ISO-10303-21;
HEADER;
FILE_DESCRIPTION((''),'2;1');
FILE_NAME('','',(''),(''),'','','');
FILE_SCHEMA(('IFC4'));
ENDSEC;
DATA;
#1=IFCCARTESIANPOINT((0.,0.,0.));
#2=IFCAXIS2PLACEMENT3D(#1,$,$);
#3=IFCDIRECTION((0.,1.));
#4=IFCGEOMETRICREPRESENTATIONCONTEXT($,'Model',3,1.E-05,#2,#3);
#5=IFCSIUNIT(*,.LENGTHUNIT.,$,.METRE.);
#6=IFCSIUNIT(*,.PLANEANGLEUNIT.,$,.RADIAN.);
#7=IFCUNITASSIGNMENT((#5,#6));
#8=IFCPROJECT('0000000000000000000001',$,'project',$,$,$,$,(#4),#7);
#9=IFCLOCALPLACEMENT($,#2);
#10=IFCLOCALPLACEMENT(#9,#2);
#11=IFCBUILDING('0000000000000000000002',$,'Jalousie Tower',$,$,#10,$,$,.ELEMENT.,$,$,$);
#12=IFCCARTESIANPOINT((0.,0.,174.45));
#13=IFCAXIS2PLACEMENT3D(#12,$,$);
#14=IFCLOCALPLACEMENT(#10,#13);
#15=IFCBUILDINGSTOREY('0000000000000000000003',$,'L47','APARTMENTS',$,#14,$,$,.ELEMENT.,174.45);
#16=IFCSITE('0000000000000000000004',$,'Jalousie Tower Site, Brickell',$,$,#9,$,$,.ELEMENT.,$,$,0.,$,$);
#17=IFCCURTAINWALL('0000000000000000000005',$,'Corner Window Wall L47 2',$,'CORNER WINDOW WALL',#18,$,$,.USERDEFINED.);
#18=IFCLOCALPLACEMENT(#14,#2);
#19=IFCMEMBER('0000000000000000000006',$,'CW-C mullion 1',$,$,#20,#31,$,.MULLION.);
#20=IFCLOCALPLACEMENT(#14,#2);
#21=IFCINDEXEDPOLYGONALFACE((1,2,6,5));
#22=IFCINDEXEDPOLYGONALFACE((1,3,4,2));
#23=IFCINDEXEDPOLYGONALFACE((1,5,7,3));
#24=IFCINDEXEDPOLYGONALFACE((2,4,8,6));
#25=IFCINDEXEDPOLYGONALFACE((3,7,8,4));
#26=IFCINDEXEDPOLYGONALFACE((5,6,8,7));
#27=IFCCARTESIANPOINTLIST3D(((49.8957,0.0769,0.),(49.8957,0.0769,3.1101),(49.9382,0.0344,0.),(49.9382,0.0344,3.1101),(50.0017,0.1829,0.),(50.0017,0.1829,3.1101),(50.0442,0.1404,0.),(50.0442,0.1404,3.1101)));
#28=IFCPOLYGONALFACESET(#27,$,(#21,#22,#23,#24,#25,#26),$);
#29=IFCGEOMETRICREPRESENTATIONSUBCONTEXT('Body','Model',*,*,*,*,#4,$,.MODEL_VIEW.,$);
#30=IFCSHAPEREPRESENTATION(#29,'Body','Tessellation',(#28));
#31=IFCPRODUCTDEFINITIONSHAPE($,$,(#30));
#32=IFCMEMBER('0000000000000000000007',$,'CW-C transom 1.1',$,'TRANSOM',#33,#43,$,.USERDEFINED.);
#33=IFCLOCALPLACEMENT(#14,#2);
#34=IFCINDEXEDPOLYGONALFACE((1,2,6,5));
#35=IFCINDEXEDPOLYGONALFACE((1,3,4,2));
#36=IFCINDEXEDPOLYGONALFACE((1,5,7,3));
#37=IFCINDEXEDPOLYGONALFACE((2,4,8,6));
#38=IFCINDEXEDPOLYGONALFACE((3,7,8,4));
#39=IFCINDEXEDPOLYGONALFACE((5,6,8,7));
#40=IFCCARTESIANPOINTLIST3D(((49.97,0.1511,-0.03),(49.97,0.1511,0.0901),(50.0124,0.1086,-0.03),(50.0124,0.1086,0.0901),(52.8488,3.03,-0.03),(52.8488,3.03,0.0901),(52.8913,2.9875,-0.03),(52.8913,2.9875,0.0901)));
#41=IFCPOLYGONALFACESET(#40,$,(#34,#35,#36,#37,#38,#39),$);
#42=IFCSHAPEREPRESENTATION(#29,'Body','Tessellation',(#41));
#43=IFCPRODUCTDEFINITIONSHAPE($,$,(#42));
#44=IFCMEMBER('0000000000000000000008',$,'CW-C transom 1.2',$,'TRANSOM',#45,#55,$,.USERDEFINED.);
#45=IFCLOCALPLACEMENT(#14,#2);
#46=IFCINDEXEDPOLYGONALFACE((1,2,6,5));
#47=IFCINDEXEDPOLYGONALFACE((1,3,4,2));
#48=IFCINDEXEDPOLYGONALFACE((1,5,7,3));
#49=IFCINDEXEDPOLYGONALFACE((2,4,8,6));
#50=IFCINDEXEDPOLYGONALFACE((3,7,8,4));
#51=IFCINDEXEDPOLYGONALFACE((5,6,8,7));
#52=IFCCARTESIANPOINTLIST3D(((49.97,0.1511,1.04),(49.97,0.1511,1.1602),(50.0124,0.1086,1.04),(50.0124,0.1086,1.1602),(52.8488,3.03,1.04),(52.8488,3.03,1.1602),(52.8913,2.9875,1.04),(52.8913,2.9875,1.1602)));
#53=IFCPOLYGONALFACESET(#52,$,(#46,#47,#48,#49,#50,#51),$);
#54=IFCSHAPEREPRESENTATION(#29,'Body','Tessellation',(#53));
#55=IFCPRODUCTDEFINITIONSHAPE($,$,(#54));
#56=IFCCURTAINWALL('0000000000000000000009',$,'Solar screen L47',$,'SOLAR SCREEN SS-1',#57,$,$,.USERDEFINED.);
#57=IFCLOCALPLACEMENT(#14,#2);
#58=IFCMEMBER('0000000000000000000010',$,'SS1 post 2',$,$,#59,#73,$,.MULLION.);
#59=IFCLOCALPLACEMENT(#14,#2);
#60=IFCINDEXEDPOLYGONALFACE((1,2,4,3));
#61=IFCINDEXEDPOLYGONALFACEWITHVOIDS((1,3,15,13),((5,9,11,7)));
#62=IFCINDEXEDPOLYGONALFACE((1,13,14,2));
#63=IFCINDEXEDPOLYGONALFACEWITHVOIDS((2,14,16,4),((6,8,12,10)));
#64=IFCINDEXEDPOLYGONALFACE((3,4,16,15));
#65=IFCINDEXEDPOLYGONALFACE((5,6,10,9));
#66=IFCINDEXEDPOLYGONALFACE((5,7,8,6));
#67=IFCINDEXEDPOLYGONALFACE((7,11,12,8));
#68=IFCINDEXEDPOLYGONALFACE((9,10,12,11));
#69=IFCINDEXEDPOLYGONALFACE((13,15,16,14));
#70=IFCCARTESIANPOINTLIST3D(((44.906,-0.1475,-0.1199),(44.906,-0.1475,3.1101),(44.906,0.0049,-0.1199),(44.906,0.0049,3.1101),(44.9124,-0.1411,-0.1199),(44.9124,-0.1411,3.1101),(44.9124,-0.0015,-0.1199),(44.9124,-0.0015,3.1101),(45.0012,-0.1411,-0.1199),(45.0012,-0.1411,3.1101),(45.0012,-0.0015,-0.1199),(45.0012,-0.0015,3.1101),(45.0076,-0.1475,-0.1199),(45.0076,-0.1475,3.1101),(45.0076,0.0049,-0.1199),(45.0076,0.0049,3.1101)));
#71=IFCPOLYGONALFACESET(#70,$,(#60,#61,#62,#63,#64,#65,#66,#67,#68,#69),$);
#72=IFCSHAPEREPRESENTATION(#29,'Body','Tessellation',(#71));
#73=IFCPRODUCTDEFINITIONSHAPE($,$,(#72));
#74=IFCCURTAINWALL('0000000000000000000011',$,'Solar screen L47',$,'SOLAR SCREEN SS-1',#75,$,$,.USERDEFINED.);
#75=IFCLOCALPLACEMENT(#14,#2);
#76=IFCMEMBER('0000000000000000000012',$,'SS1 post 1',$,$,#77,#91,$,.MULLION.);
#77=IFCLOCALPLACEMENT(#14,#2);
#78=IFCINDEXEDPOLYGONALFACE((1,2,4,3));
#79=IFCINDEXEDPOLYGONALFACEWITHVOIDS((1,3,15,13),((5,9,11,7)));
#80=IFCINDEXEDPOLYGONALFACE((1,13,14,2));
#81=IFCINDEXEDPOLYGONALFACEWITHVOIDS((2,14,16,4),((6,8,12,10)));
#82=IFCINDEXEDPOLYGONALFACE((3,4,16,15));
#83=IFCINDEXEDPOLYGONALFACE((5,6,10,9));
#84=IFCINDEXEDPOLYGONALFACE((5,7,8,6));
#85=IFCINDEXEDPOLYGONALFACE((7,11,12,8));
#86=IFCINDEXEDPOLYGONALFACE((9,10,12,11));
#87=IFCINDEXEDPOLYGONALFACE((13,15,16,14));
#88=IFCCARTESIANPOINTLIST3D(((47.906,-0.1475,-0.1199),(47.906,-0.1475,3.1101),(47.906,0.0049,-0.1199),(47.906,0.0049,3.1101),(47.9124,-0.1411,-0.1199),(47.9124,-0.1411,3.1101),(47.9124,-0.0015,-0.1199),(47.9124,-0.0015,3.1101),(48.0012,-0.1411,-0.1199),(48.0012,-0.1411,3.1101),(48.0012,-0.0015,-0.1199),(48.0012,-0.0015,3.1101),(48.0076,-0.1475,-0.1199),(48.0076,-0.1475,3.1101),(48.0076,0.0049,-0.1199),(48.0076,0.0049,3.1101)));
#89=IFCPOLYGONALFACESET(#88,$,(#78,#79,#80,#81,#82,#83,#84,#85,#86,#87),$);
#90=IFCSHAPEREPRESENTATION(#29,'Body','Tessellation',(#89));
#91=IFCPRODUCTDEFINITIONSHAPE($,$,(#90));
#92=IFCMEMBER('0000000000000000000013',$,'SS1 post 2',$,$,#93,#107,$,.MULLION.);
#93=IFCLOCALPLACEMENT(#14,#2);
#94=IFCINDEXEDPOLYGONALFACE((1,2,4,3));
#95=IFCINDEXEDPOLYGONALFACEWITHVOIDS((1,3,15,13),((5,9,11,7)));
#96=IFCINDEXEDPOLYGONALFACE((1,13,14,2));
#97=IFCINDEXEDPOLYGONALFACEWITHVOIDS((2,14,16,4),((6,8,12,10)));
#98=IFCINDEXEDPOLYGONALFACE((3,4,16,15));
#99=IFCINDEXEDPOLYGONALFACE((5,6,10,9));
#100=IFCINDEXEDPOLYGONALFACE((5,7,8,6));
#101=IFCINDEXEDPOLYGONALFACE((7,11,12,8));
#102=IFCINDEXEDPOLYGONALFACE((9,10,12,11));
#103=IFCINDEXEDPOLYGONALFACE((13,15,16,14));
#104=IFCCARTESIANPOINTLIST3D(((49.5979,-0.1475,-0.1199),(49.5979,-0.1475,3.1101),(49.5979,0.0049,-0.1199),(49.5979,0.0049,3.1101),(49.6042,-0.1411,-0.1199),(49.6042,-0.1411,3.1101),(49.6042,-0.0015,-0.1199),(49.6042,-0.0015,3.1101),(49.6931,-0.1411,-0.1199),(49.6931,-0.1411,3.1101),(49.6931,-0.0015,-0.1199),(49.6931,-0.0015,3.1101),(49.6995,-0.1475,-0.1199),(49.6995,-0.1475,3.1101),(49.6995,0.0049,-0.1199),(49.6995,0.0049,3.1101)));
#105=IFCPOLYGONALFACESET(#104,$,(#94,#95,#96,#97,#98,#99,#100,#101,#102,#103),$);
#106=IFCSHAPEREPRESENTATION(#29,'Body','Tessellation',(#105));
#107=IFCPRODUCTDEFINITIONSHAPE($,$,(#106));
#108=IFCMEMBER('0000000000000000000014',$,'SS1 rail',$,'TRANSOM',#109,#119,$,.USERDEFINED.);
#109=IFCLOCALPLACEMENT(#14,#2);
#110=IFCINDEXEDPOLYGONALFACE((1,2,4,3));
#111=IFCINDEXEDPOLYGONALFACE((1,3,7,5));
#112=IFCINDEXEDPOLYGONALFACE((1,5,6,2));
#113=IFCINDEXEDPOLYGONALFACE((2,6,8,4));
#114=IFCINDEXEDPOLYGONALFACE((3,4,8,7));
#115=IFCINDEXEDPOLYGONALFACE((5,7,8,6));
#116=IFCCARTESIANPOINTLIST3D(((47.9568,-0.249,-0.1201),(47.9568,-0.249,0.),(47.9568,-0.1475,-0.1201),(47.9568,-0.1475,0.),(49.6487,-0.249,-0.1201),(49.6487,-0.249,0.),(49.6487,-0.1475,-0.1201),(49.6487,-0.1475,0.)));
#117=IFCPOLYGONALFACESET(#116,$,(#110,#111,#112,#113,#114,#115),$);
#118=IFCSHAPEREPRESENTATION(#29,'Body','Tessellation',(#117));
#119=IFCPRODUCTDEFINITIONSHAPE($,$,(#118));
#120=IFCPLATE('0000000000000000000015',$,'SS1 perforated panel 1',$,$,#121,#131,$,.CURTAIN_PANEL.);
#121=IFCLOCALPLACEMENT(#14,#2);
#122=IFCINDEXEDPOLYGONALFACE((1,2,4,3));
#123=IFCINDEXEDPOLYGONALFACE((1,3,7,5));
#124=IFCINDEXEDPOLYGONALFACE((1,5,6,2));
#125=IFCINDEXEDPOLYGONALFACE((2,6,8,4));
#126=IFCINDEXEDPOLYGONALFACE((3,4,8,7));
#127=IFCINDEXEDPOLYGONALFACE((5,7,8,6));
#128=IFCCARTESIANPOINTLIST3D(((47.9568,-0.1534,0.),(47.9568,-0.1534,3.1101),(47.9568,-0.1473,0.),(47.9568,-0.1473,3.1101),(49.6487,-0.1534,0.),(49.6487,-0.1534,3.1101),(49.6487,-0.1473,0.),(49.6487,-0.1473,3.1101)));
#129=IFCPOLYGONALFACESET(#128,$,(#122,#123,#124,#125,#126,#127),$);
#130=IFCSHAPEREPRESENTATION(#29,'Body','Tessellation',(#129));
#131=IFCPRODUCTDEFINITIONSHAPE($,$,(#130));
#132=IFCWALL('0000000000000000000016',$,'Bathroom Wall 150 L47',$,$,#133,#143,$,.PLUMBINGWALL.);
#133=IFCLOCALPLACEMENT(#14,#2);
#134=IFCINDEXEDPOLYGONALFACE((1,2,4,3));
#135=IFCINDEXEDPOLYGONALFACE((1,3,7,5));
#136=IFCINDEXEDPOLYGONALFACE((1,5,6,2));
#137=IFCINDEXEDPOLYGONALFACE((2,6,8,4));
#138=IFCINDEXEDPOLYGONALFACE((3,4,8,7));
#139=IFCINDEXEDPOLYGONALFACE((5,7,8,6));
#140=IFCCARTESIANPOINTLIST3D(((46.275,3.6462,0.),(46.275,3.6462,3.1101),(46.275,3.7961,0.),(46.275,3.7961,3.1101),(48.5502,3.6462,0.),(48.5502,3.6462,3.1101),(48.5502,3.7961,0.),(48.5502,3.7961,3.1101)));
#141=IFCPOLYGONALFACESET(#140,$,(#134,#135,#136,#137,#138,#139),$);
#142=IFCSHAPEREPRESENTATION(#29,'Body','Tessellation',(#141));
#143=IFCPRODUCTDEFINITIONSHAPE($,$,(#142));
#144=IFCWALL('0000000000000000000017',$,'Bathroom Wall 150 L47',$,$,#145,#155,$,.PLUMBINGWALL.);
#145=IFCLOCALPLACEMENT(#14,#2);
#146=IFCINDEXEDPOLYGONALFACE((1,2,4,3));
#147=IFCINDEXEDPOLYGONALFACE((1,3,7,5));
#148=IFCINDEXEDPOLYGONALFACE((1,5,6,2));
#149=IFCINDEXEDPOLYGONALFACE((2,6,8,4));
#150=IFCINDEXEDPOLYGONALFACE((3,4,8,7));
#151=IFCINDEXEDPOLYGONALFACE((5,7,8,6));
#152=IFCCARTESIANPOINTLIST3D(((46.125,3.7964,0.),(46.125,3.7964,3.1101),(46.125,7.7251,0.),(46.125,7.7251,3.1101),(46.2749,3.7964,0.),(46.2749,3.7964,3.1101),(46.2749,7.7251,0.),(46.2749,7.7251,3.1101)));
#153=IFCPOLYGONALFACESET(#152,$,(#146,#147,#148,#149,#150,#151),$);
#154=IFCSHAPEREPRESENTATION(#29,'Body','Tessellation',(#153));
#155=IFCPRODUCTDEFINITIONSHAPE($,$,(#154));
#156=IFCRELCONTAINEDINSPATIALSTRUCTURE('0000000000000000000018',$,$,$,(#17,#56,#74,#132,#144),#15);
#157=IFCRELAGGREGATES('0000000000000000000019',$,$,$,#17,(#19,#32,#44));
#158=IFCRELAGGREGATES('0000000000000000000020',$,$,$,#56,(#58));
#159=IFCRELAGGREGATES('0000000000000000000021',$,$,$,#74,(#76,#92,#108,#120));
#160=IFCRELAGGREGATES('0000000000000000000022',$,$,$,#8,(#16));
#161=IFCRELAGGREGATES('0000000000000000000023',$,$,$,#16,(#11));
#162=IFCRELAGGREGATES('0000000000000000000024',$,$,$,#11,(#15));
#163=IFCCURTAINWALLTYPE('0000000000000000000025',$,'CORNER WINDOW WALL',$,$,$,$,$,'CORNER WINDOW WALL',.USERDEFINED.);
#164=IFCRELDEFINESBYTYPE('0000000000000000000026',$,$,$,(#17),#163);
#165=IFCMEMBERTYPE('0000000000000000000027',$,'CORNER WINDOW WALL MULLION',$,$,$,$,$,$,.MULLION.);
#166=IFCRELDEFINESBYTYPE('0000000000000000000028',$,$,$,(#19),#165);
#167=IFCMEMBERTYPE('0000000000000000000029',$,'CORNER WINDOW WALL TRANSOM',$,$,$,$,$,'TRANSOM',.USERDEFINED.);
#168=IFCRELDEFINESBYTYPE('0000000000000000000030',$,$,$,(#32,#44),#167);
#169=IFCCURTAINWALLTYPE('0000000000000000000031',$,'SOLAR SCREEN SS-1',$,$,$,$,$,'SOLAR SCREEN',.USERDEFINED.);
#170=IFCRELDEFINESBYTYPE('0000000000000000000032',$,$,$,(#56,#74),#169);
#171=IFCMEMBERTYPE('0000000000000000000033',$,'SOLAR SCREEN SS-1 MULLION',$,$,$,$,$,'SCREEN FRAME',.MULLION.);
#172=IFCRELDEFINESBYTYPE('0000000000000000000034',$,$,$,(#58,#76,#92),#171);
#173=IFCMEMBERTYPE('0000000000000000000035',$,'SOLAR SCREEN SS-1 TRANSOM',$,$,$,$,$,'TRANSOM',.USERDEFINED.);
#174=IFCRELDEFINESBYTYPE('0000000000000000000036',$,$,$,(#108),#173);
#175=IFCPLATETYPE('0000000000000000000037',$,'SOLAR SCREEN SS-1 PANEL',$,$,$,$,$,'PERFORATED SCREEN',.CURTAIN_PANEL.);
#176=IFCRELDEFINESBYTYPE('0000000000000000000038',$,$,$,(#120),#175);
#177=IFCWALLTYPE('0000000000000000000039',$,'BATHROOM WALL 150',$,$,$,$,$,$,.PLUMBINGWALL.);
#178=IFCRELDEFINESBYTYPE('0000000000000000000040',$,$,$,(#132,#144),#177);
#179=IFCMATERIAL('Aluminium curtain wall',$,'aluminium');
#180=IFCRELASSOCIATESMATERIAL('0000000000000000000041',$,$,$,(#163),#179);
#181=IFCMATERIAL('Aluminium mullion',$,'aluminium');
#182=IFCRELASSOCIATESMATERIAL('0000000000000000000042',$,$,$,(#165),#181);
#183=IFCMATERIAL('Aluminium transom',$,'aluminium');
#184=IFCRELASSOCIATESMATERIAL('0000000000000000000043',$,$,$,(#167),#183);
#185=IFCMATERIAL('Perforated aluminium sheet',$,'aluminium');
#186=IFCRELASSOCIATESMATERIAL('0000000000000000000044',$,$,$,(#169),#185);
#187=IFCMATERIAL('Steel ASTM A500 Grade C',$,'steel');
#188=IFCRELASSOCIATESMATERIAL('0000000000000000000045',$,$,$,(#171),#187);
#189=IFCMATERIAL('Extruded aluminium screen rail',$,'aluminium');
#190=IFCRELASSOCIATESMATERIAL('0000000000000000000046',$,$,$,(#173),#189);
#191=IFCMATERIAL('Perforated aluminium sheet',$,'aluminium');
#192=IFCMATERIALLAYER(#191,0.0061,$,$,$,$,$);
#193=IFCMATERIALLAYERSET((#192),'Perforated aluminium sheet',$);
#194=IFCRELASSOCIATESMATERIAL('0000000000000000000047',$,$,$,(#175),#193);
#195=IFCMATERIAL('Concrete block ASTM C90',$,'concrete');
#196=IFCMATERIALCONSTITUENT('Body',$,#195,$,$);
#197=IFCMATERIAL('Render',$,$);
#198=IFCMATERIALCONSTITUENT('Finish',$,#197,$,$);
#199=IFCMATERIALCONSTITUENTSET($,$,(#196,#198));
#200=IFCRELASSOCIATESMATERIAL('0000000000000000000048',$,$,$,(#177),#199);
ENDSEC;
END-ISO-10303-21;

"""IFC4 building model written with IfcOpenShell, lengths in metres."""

from ifc_helpers import new_model, si_unit, direction, frame, frame_2d, origin, origin_2d, place, context, subcontext, project, spatial, rectangle, hollow_rectangle, extrude, material, layer, layer_set, constituent, constituent_set, material_profile, profile_set, type_object, element, aggregate, save


model = new_model("IFC4")

# Units and contexts
model_context = context("Model", 3, precision=1e-05, world=origin(), true_north=direction((0.0, 1.0)))
body_context = subcontext(model_context, "Body", "Model", "MODEL_VIEW")
ifc_project = project(units=[si_unit("LENGTHUNIT", "METRE"), si_unit("PLANEANGLEUNIT", "RADIAN")], contexts=[model_context])

# Site, building, storey
site_placement = place(None, origin())
site = spatial("IfcSite", under=ifc_project, at=site_placement, Name="Jalousie Tower Site, Brickell", CompositionType="ELEMENT", RefElevation=0.0)
building_placement = place(site_placement, origin())
building = spatial("IfcBuilding", under=site, at=building_placement, Name="Jalousie Tower", CompositionType="ELEMENT")
storey_placement = place(building_placement, frame((0.0, 0.0, 174.45)))
storey = spatial("IfcBuildingStorey", under=building, at=storey_placement, Name="L47", Description="APARTMENTS", CompositionType="ELEMENT", Elevation=174.45)

# Curtain wall, members
ifc_material_1 = material(Name="Aluminium curtain wall", Category="aluminium")
curtain_wall_type_1 = type_object("IfcCurtainWallType", Name="CORNER WINDOW WALL", ElementType="CORNER WINDOW WALL", PredefinedType="USERDEFINED", material=ifc_material_1)
curtain_wall_1_placement = place(storey_placement, origin())
curtain_wall_1 = element("IfcCurtainWall", 1, at=curtain_wall_1_placement, inside=storey, type_object=curtain_wall_type_1, Name="Corner Window Wall L47 2", ObjectType="CORNER WINDOW WALL", PredefinedType="USERDEFINED")
ifc_material_2 = material(Name="Aluminium mullion", Category="aluminium")
ifc_material_profile_1 = material_profile(ifc_material_2, rectangle(XDim=0.0601, YDim=0.1499, at=origin_2d()), Name="MULLION 60x150")
ifc_profile_set_1 = profile_set([ifc_material_profile_1], Name="Aluminium mullion")
member_type_1 = type_object("IfcMemberType", Name="CORNER WINDOW WALL MULLION", PredefinedType="MULLION", material=ifc_profile_set_1)
member_1_placement = place(storey_placement, frame((49.97, 0.1086, 0.0), z_axis=(0.0, 0.0, 1.0), x_axis=(-0.707107, 0.707107, 0.0)))
member_1 = element("IfcMember", 2, at=member_1_placement, type_object=member_type_1, Name="CW-C mullion 1", PredefinedType="MULLION", context=body_context, shape_type="SweptSolid", body=[
    extrude(rectangle(XDim=0.0601, YDim=0.1499, at=origin_2d()), origin(), (0.0, 0.0, 1.0), 3.1101),
])
ifc_material_3 = material(Name="Aluminium transom", Category="aluminium")
ifc_material_profile_2 = material_profile(ifc_material_3, rectangle(XDim=0.0601, YDim=0.1201, at=origin_2d()), Name="TRANSOM 60x120")
ifc_profile_set_2 = profile_set([ifc_material_profile_2], Name="Aluminium transom")
member_type_2 = type_object("IfcMemberType", Name="CORNER WINDOW WALL TRANSOM", ElementType="TRANSOM", PredefinedType="USERDEFINED", material=ifc_profile_set_2)
member_2_placement = place(storey_placement, frame((49.9912, 0.1299, 0.03), z_axis=(0.707107, 0.707107, 0.0), x_axis=(-0.707107, 0.707107, 0.0)))
member_2 = element("IfcMember", 3, at=member_2_placement, type_object=member_type_2, Name="CW-C transom 1.1", ObjectType="TRANSOM", PredefinedType="USERDEFINED", context=body_context, shape_type="SweptSolid", body=[
    extrude(rectangle(XDim=0.0601, YDim=0.1201, at=origin_2d()), origin(), (0.0, 0.0, 1.0), 4.0713),
])
member_3_placement = place(storey_placement, frame((49.9912, 0.1299, 1.1001), z_axis=(0.707107, 0.707107, 0.0), x_axis=(-0.707107, 0.707107, 0.0)))
member_3 = element("IfcMember", 4, at=member_3_placement, type_object=member_type_2, Name="CW-C transom 1.2", ObjectType="TRANSOM", PredefinedType="USERDEFINED", context=body_context, shape_type="SweptSolid", body=[
    extrude(rectangle(XDim=0.0601, YDim=0.1201, at=origin_2d()), origin(), (0.0, 0.0, 1.0), 4.0713),
])
aggregate(curtain_wall_1, [member_1, member_2, member_3])

# Curtain wall, member
ifc_material_4 = material(Name="Perforated aluminium sheet", Category="aluminium")
curtain_wall_type_2 = type_object("IfcCurtainWallType", Name="SOLAR SCREEN SS-1", ElementType="SOLAR SCREEN", PredefinedType="USERDEFINED", material=ifc_material_4)
curtain_wall_2_placement = place(storey_placement, origin())
curtain_wall_2 = element("IfcCurtainWall", 5, at=curtain_wall_2_placement, inside=storey, type_object=curtain_wall_type_2, Name="Solar screen L47", ObjectType="SOLAR SCREEN SS-1", PredefinedType="USERDEFINED")
ifc_material_5 = material(Name="Steel ASTM A500 Grade C", Category="steel")
ifc_material_profile_3 = material_profile(ifc_material_5, hollow_rectangle(XDim=0.1016, YDim=0.1523, WallThickness=0.0063, at=origin_2d()), Name="HSS6X4X1/4")
ifc_profile_set_3 = profile_set([ifc_material_profile_3], Name="Steel ASTM A500 Grade C")
member_type_3 = type_object("IfcMemberType", Name="SOLAR SCREEN SS-1 MULLION", ElementType="SCREEN FRAME", PredefinedType="MULLION", material=ifc_profile_set_3)
member_4_placement = place(storey_placement, frame((44.9568, -0.0713, -0.1199), z_axis=(0.0, 0.0, 1.0), x_axis=(1.0, 0.0, 0.0)))
member_4 = element("IfcMember", 6, at=member_4_placement, type_object=member_type_3, Name="SS1 post 2", PredefinedType="MULLION", context=body_context, shape_type="SweptSolid", body=[
    extrude(hollow_rectangle(XDim=0.1016, YDim=0.1523, WallThickness=0.0063, at=origin_2d()), origin(), (0.0, 0.0, 1.0), 3.23),
])
aggregate(curtain_wall_2, [member_4])

# Curtain wall, members, plate
curtain_wall_3_placement = place(storey_placement, origin())
curtain_wall_3 = element("IfcCurtainWall", 7, at=curtain_wall_3_placement, inside=storey, type_object=curtain_wall_type_2, Name="Solar screen L47", ObjectType="SOLAR SCREEN SS-1", PredefinedType="USERDEFINED")
member_5_placement = place(storey_placement, frame((47.9568, -0.0713, -0.1199), z_axis=(0.0, 0.0, 1.0), x_axis=(1.0, 0.0, 0.0)))
member_5 = element("IfcMember", 8, at=member_5_placement, type_object=member_type_3, Name="SS1 post 1", PredefinedType="MULLION", context=body_context, shape_type="SweptSolid", body=[
    extrude(hollow_rectangle(XDim=0.1016, YDim=0.1523, WallThickness=0.0063, at=origin_2d()), origin(), (0.0, 0.0, 1.0), 3.23),
])
member_6_placement = place(storey_placement, frame((49.6487, -0.0713, -0.1199), z_axis=(0.0, 0.0, 1.0), x_axis=(1.0, 0.0, 0.0)))
member_6 = element("IfcMember", 9, at=member_6_placement, type_object=member_type_3, Name="SS1 post 2", PredefinedType="MULLION", context=body_context, shape_type="SweptSolid", body=[
    extrude(hollow_rectangle(XDim=0.1016, YDim=0.1523, WallThickness=0.0063, at=origin_2d()), origin(), (0.0, 0.0, 1.0), 3.23),
])
ifc_material_6 = material(Name="Extruded aluminium screen rail", Category="aluminium")
ifc_material_profile_4 = material_profile(ifc_material_6, rectangle(XDim=0.1016, YDim=0.1201, at=origin_2d()), Name="RAIL 102x120")
ifc_profile_set_4 = profile_set([ifc_material_profile_4], Name="Extruded aluminium screen rail")
member_type_4 = type_object("IfcMemberType", Name="SOLAR SCREEN SS-1 TRANSOM", ElementType="TRANSOM", PredefinedType="USERDEFINED", material=ifc_profile_set_4)
member_7_placement = place(storey_placement, frame((47.9568, -0.1982, -0.0601), z_axis=(1.0, 0.0, 0.0), x_axis=(0.0, 1.0, 0.0)))
member_7 = element("IfcMember", 10, at=member_7_placement, type_object=member_type_4, Name="SS1 rail", ObjectType="TRANSOM", PredefinedType="USERDEFINED", context=body_context, shape_type="SweptSolid", body=[
    extrude(rectangle(XDim=0.1016, YDim=0.1201, at=origin_2d()), origin(), (0.0, 0.0, 1.0), 1.6919),
])
ifc_material_7 = material(Name="Perforated aluminium sheet", Category="aluminium")
ifc_layer = layer(ifc_material_7, 0.0061)
ifc_layer_set = layer_set([ifc_layer], Name="Perforated aluminium sheet")
plate_type = type_object("IfcPlateType", Name="SOLAR SCREEN SS-1 PANEL", ElementType="PERFORATED SCREEN", PredefinedType="CURTAIN_PANEL", material=ifc_layer_set)
plate_placement = place(storey_placement, frame((48.8027, -0.1504, 0.0), z_axis=(0.0, 0.0, 1.0), x_axis=(1.0, 0.0, 0.0)))
plate = element("IfcPlate", 11, at=plate_placement, type_object=plate_type, Name="SS1 perforated panel 1", PredefinedType="CURTAIN_PANEL", context=body_context, shape_type="SweptSolid", body=[
    extrude(rectangle(XDim=1.6919, YDim=0.0061, at=origin_2d()), origin(), (0.0, 0.0, 1.0), 3.1101),
])
aggregate(curtain_wall_3, [member_5, member_6, member_7, plate])

# Walls
ifc_material_8 = material(Name="Concrete block ASTM C90", Category="concrete")
ifc_constituent_1 = constituent(ifc_material_8, Name="Body")
ifc_material_9 = material(Name="Render")
ifc_constituent_2 = constituent(ifc_material_9, Name="Finish")
ifc_constituent_set_1 = constituent_set(constituents=[ifc_constituent_1, ifc_constituent_2])
wall_type_1 = type_object("IfcWallType", Name="BATHROOM WALL 150", PredefinedType="PLUMBINGWALL", material=ifc_constituent_set_1)
wall_1_placement = place(storey_placement, frame((46.2749, 3.7212, 0.0), z_axis=(0.0, 0.0, 1.0), x_axis=(1.0, 0.0, 0.0)))
element("IfcWall", 12, at=wall_1_placement, inside=storey, type_object=wall_type_1, Name="Bathroom Wall 150 L47", PredefinedType="PLUMBINGWALL", context=body_context, shape_type="SweptSolid", body=[
    extrude(rectangle(XDim=2.2751, YDim=0.1499, at=frame_2d((1.1377, 0.0))), origin(), (0.0, 0.0, 1.0), 3.1101),
])
wall_2_placement = place(storey_placement, frame((46.2, 3.7964, 0.0), z_axis=(0.0, 0.0, 1.0), x_axis=(0.0, 1.0, 0.0)))
element("IfcWall", 13, at=wall_2_placement, inside=storey, type_object=wall_type_1, Name="Bathroom Wall 150 L47", PredefinedType="PLUMBINGWALL", context=body_context, shape_type="SweptSolid", body=[
    extrude(rectangle(XDim=3.9287, YDim=0.1499, at=frame_2d((1.9644, 0.0))), origin(), (0.0, 0.0, 1.0), 3.1101),
])

save(model, "model.ifc")
